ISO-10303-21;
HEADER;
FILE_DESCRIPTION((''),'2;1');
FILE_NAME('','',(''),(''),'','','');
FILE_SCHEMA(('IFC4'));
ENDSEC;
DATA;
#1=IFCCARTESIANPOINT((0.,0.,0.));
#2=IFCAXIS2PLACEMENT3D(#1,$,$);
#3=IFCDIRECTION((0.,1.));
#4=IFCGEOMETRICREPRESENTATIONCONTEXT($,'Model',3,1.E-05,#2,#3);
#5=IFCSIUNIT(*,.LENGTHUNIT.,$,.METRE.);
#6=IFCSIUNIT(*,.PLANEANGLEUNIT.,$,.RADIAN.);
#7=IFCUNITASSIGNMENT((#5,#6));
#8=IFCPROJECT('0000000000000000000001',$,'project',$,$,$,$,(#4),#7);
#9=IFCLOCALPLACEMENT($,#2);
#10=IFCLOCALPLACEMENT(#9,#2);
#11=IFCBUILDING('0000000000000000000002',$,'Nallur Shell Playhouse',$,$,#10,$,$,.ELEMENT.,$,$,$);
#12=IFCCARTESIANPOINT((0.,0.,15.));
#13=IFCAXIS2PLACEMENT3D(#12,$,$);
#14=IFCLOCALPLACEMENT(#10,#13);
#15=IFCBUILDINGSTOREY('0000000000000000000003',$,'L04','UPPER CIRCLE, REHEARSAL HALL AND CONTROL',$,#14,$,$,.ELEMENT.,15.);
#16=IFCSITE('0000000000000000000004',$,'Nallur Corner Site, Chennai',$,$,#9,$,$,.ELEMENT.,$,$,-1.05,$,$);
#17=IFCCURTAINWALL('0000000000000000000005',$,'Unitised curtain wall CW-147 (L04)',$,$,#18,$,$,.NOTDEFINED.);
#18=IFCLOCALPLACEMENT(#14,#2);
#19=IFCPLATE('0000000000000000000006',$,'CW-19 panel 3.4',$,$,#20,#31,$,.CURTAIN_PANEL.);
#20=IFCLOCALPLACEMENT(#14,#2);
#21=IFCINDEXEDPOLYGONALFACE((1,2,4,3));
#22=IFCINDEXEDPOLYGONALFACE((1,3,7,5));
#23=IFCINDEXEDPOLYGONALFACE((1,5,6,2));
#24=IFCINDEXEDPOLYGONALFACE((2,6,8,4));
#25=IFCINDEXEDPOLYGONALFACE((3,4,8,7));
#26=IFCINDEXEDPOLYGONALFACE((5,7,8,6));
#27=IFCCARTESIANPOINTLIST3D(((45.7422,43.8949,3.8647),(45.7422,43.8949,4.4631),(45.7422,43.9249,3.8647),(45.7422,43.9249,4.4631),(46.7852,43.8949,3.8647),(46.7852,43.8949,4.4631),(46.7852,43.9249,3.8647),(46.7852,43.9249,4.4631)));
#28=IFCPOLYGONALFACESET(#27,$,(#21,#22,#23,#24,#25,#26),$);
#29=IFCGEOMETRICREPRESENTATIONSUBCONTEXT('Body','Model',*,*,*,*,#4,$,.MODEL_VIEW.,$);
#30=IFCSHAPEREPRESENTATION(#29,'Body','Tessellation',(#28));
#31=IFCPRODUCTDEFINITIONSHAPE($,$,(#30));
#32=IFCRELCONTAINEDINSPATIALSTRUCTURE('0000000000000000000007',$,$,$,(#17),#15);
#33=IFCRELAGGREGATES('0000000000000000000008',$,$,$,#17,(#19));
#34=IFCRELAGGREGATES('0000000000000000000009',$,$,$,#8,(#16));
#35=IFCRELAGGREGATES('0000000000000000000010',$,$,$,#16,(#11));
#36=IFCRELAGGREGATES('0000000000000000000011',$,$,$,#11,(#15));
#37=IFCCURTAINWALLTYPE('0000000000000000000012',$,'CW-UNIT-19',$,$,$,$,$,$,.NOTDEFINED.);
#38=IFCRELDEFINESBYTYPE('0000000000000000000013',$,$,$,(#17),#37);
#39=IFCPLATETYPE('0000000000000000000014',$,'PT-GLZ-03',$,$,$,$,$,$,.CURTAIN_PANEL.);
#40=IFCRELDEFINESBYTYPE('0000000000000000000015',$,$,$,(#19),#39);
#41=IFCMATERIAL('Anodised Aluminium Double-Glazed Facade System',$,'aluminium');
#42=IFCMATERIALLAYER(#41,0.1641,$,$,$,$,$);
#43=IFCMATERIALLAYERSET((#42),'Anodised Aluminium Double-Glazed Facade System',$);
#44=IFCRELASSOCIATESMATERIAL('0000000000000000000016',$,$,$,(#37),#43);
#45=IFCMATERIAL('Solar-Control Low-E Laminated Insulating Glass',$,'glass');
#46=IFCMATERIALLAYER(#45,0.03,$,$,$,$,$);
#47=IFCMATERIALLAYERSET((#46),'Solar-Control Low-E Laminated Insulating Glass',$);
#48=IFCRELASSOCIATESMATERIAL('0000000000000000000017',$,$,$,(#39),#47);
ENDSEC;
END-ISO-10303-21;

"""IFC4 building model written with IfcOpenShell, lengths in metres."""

from ifc_helpers import new_model, si_unit, direction, frame, origin, origin_2d, place, context, subcontext, project, spatial, rectangle, extrude, material, layer, layer_set, type_object, element, aggregate, save


model = new_model("IFC4")

# Units and contexts
model_context = context("Model", 3, precision=1e-05, world=origin(), true_north=direction((0.0, 1.0)))
body_context = subcontext(model_context, "Body", "Model", "MODEL_VIEW")
ifc_project = project(units=[si_unit("LENGTHUNIT", "METRE"), si_unit("PLANEANGLEUNIT", "RADIAN")], contexts=[model_context])

# Site, building, storey
site_placement = place(None, origin())
site = spatial("IfcSite", under=ifc_project, at=site_placement, Name="Nallur Corner Site, Chennai", CompositionType="ELEMENT", RefElevation=-1.05)
building_placement = place(site_placement, origin())
building = spatial("IfcBuilding", under=site, at=building_placement, Name="Nallur Shell Playhouse", CompositionType="ELEMENT")
storey_placement = place(building_placement, frame((0.0, 0.0, 15.0)))
storey = spatial("IfcBuildingStorey", under=building, at=storey_placement, Name="L04", Description="UPPER CIRCLE, REHEARSAL HALL AND CONTROL", CompositionType="ELEMENT", Elevation=15.0)

# Shared definitions
ifc_material_1 = material(Name="Anodised Aluminium Double-Glazed Facade System", Category="aluminium")

# Curtain wall
ifc_layer_1 = layer(ifc_material_1, 0.1641)
ifc_layer_set_1 = layer_set([ifc_layer_1], Name="Anodised Aluminium Double-Glazed Facade System")
curtain_wall_type_1 = type_object("IfcCurtainWallType", Name="CW-UNIT-19", PredefinedType="NOTDEFINED", material=ifc_layer_set_1)
curtain_wall_1_placement = place(storey_placement, origin())
curtain_wall_1 = element("IfcCurtainWall", 1, at=curtain_wall_1_placement, inside=storey, type_object=curtain_wall_type_1, Name="Unitised curtain wall CW-147 (L04)", PredefinedType="NOTDEFINED")

# Plate
ifc_material_2 = material(Name="Solar-Control Low-E Laminated Insulating Glass", Category="glass")
ifc_layer_2 = layer(ifc_material_2, 0.03)
ifc_layer_set_2 = layer_set([ifc_layer_2], Name="Solar-Control Low-E Laminated Insulating Glass")
plate_type = type_object("IfcPlateType", Name="PT-GLZ-03", PredefinedType="CURTAIN_PANEL", material=ifc_layer_set_2)
plate_1_placement = place(storey_placement, frame((46.2637, 43.9099, 3.8647), z_axis=(0.0, 0.0, 1.0), x_axis=(1.0, 0.0, 0.0)))
plate_1 = element("IfcPlate", 2, at=plate_1_placement, type_object=plate_type, Name="CW-19 panel 3.4", PredefinedType="CURTAIN_PANEL", context=body_context, shape_type="SweptSolid", body=[
    extrude(rectangle(XDim=1.043, YDim=0.03, at=origin_2d()), origin(), (0.0, 0.0, 1.0), 0.5984),
])
aggregate(curtain_wall_1, [plate_1])

save(model, "model.ifc")
